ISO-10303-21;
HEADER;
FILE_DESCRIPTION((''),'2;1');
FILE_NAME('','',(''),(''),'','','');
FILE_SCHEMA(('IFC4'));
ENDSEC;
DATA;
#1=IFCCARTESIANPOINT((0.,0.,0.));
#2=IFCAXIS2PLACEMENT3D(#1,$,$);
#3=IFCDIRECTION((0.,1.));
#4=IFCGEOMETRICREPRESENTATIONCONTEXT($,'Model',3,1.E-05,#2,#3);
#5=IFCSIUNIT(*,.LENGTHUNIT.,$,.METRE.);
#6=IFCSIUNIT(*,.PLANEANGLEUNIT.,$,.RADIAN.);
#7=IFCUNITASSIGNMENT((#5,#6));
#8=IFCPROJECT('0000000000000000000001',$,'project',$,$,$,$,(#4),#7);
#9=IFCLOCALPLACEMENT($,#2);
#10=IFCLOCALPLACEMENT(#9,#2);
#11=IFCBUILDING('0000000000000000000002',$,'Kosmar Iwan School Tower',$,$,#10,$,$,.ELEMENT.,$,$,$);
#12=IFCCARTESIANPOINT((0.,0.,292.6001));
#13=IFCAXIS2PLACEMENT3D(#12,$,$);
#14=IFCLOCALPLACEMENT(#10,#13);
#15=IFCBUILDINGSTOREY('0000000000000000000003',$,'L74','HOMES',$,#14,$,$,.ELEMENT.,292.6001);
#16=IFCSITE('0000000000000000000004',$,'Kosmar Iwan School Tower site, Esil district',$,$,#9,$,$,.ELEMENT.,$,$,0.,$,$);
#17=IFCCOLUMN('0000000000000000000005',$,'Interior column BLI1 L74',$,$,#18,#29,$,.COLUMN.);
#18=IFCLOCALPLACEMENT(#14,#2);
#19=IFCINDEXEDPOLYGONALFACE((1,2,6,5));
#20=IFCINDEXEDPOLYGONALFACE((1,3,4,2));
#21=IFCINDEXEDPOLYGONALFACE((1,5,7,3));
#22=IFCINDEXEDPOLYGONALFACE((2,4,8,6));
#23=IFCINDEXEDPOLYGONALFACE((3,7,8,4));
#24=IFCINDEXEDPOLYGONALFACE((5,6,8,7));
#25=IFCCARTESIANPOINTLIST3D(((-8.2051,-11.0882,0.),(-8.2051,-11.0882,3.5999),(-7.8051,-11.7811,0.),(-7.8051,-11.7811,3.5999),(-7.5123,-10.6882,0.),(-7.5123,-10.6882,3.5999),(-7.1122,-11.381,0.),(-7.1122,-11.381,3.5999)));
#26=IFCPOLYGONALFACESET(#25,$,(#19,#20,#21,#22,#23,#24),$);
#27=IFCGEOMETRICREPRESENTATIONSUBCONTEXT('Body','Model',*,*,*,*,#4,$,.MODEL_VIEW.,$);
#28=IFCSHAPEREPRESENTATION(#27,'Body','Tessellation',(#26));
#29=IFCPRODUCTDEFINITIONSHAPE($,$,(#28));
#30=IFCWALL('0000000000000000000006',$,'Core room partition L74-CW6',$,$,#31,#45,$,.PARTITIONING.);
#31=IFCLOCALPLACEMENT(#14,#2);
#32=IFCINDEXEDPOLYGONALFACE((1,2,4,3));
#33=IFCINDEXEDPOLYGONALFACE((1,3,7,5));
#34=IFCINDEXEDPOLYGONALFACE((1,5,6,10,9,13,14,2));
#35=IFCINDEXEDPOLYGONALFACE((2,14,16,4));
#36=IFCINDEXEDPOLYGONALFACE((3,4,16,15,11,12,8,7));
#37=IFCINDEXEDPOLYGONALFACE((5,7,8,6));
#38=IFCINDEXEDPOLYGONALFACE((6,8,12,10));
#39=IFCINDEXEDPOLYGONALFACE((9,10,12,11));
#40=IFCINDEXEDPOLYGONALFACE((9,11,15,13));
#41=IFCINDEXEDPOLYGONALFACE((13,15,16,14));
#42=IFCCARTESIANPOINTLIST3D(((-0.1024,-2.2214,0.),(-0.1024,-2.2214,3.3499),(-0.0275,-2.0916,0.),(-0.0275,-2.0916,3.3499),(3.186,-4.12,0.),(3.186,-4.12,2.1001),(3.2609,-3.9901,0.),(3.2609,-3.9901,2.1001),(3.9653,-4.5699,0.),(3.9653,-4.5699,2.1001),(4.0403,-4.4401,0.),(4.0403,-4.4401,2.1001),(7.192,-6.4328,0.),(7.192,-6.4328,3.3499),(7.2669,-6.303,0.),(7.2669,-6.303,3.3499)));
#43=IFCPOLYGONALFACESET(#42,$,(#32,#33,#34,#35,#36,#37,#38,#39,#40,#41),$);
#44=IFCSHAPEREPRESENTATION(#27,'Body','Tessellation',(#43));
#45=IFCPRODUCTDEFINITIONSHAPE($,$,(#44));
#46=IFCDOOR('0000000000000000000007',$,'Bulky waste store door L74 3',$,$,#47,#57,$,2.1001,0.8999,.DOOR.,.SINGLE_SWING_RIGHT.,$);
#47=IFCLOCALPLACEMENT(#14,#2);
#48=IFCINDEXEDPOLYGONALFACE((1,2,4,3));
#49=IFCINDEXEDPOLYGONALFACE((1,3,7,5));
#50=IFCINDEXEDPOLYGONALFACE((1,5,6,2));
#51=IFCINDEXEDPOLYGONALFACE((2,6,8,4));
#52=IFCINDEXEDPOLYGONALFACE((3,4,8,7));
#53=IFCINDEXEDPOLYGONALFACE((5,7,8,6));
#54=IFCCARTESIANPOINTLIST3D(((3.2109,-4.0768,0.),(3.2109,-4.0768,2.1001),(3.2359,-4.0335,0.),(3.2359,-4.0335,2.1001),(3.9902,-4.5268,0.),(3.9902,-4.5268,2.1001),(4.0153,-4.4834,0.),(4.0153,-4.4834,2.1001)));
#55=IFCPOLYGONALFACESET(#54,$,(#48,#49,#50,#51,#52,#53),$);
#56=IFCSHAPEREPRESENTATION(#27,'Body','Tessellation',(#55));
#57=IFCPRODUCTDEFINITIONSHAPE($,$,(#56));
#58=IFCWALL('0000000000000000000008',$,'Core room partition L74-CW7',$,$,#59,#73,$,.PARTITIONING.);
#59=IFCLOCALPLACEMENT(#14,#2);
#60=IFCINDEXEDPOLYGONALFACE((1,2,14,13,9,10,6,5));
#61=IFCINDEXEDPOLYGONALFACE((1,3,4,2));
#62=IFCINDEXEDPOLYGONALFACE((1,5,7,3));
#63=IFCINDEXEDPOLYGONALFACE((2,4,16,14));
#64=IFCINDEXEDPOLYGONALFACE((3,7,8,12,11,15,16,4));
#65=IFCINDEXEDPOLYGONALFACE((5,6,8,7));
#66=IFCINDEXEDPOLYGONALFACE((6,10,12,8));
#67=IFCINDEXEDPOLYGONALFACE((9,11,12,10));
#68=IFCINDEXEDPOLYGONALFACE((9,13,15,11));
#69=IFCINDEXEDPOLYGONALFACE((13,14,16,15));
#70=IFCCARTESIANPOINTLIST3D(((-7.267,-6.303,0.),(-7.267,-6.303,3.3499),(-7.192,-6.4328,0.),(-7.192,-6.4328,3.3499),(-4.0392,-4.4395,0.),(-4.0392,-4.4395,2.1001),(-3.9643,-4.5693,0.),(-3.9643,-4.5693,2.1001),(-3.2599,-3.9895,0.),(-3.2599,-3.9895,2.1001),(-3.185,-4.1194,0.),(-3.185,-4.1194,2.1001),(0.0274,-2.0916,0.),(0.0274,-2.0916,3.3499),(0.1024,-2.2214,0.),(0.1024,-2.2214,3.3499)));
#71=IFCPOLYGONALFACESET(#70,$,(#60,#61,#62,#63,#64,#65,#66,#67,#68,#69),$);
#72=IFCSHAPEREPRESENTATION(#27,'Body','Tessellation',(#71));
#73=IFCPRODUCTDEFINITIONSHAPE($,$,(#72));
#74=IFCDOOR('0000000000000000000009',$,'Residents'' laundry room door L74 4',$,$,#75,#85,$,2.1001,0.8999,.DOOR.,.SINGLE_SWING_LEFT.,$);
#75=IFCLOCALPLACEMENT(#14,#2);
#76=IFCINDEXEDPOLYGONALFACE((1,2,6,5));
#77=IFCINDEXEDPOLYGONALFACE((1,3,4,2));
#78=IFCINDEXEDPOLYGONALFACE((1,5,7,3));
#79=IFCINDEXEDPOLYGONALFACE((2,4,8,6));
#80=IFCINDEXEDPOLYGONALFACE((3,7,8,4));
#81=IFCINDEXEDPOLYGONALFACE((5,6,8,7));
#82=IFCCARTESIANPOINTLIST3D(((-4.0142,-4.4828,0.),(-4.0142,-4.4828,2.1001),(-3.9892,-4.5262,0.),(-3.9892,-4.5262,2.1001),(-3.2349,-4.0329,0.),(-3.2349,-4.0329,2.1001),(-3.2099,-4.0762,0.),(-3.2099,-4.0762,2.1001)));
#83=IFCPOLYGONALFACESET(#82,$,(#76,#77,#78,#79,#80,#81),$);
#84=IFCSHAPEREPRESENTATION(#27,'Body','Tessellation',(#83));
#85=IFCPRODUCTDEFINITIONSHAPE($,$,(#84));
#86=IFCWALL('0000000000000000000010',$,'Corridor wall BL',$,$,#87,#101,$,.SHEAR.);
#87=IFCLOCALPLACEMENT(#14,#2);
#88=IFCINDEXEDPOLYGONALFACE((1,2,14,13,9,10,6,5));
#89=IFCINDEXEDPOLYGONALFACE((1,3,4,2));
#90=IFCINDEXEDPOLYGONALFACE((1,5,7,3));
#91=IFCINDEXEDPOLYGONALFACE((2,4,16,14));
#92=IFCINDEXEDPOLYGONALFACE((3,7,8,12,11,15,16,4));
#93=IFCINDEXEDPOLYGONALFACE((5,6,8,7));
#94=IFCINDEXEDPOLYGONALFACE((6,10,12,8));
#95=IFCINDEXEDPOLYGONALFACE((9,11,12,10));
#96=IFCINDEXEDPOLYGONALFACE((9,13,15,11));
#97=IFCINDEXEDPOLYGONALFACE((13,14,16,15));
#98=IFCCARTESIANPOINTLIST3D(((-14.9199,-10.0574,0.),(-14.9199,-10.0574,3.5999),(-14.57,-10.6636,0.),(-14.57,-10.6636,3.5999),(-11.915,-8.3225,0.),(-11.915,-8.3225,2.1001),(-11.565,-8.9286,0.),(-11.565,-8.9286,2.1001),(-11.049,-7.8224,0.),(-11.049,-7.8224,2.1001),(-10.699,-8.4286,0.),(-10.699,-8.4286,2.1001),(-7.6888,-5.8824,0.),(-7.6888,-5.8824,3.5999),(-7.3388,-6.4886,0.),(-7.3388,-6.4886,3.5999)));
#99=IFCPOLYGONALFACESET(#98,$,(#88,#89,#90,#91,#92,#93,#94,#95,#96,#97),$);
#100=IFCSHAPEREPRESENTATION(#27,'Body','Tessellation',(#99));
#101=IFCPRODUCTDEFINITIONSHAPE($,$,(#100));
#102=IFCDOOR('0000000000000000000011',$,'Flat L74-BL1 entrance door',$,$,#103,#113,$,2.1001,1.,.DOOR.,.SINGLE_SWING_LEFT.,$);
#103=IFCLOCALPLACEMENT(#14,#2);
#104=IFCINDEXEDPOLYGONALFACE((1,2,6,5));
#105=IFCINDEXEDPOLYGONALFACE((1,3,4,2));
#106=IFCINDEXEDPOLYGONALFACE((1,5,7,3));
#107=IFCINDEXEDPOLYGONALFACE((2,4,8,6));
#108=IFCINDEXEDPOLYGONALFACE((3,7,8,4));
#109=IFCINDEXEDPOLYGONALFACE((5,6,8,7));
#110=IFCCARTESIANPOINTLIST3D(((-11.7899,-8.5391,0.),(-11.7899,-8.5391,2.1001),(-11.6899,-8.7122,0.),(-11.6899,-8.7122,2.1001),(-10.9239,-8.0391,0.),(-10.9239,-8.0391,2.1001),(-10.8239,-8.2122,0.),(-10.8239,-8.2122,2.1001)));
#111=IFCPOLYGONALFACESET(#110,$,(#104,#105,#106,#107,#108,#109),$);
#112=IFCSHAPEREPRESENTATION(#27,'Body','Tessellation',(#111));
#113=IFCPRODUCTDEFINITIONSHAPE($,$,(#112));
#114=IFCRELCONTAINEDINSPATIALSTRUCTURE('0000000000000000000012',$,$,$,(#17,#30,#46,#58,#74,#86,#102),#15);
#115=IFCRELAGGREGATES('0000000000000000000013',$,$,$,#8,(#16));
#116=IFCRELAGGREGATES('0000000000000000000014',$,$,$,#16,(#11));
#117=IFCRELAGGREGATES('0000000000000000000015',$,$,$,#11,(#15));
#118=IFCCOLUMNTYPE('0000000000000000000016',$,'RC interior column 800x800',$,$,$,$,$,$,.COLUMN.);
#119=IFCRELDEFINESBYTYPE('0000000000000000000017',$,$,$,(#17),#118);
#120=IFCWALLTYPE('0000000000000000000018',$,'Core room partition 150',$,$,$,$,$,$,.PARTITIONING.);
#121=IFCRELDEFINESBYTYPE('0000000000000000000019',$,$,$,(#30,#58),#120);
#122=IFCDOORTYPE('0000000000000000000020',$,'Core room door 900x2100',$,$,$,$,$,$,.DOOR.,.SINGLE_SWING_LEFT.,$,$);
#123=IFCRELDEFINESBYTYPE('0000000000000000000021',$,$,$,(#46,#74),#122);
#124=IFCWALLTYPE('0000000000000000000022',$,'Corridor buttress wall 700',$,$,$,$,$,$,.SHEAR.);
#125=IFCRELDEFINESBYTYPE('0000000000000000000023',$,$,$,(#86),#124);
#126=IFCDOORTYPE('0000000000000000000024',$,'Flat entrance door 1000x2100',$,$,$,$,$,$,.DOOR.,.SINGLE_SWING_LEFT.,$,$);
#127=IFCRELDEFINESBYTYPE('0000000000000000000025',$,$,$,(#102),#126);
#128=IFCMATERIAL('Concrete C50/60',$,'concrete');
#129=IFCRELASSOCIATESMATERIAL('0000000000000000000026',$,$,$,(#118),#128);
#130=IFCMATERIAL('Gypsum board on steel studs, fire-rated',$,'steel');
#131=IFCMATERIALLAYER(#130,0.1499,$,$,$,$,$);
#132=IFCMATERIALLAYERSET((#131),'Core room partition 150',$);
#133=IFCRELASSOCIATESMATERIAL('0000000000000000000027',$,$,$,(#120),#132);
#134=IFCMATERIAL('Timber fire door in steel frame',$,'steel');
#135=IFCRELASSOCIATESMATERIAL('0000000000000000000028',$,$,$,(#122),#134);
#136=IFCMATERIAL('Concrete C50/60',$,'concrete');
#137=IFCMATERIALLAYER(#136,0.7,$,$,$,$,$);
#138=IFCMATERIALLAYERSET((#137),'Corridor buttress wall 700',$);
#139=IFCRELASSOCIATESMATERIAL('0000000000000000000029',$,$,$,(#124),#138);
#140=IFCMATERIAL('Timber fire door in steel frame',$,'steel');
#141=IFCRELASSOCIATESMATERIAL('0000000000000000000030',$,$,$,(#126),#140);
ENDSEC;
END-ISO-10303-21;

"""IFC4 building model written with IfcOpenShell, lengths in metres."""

from ifc_helpers import new_model, si_unit, direction, frame, frame_2d, origin, origin_2d, place, context, subcontext, project, spatial, rectangle, extrude, material, layer, layer_set, material_profile, profile_set, type_object, element, fill, save


model = new_model("IFC4")

# Units and contexts
model_context = context("Model", 3, precision=1e-05, world=origin(), true_north=direction((0.0, 1.0)))
body_context = subcontext(model_context, "Body", "Model", "MODEL_VIEW")
ifc_project = project(units=[si_unit("LENGTHUNIT", "METRE"), si_unit("PLANEANGLEUNIT", "RADIAN")], contexts=[model_context])

# Site, building, storey
site_placement = place(None, origin())
site = spatial("IfcSite", under=ifc_project, at=site_placement, Name="Kosmar Iwan School Tower site, Esil district", CompositionType="ELEMENT", RefElevation=0.0)
building_placement = place(site_placement, origin())
building = spatial("IfcBuilding", under=site, at=building_placement, Name="Kosmar Iwan School Tower", CompositionType="ELEMENT")
storey_placement = place(building_placement, frame((0.0, 0.0, 292.6001)))
storey = spatial("IfcBuildingStorey", under=building, at=storey_placement, Name="L74", Description="HOMES", CompositionType="ELEMENT", Elevation=292.6001)

# Column
ifc_material_1 = material(Name="Concrete C50/60", Category="concrete")
ifc_material_profile = material_profile(ifc_material_1, rectangle(XDim=0.8, YDim=0.8, at=origin_2d()), Name="RC 800x800")
ifc_profile_set = profile_set([ifc_material_profile], Name="Concrete C50/60")
column_type = type_object("IfcColumnType", Name="RC interior column 800x800", PredefinedType="COLUMN", material=ifc_profile_set)
column_placement = place(storey_placement, frame((-7.6587, -11.2346, 0.0), z_axis=(0.0, 0.0, 1.0), x_axis=(-0.866025, -0.5, 0.0)))
element("IfcColumn", 1, at=column_placement, inside=storey, type_object=column_type, Name="Interior column BLI1 L74", PredefinedType="COLUMN", context=body_context, shape_type="SweptSolid", body=[
    extrude(rectangle(XDim=0.8, YDim=0.8, at=origin_2d()), origin(), (0.0, 0.0, 1.0), 3.5999),
])

# Walls, openings, doors
ifc_material_2 = material(Name="Gypsum board on steel studs, fire-rated", Category="steel")
ifc_layer_1 = layer(ifc_material_2, 0.1499)
ifc_layer_set_1 = layer_set([ifc_layer_1], Name="Core room partition 150")
wall_type_1 = type_object("IfcWallType", Name="Core room partition 150", PredefinedType="PARTITIONING", material=ifc_layer_set_1)
wall_1_placement = place(storey_placement, frame((-0.0649, -2.1565, 0.0), z_axis=(0.0, 0.0, 1.0), x_axis=(0.866026, -0.499998, 0.0)))
wall_1 = element("IfcWall", 2, at=wall_1_placement, inside=storey, type_object=wall_type_1, Name="Core room partition L74-CW6", PredefinedType="PARTITIONING", context=body_context, shape_type="SweptSolid", body=[
    extrude(rectangle(XDim=8.4229, YDim=0.1499, at=frame_2d((4.2114, 0.0))), origin(), (0.0, 0.0, 1.0), 3.3499),
])
opening_1_placement = place(wall_1_placement, frame((3.7971, 0.0, 0.0)))
opening_1 = element("IfcOpeningElement", 3, at=opening_1_placement, cuts=wall_1, PredefinedType="OPENING", context=body_context, shape_type="SweptSolid", body=[
    extrude(rectangle(XDim=0.8999, YDim=2.1001, at=frame_2d((0.45, 1.05))), frame((0.0, 0.0869, 0.0), z_axis=(0.0, -1.0, 0.0), x_axis=(1.0, 0.0, 0.0)), (0.0, 0.0, 1.0), 0.1738),
])
ifc_material_3 = material(Name="Timber fire door in steel frame", Category="steel")
door_type_1 = type_object("IfcDoorType", Name="Core room door 900x2100", OperationType="SINGLE_SWING_LEFT", PredefinedType="DOOR", material=ifc_material_3)
door_1_placement = place(opening_1_placement, origin())
door_1 = element("IfcDoor", 4, at=door_1_placement, inside=storey, type_object=door_type_1, Name="Bulky waste store door L74 3", OperationType="SINGLE_SWING_RIGHT", OverallHeight=2.1001, OverallWidth=0.8999, PredefinedType="DOOR", context=body_context, shape_type="SweptSolid", body=[
    extrude(rectangle(XDim=0.8999, YDim=2.1001, at=frame_2d((0.45, 1.05))), frame((0.0, 0.0249, 0.0), z_axis=(0.0, -1.0, 0.0), x_axis=(1.0, 0.0, 0.0)), (0.0, 0.0, 1.0), 0.05),
])
fill(opening_1, door_1)
wall_2_placement = place(storey_placement, frame((-7.2295, -6.3679, 0.0), z_axis=(0.0, 0.0, 1.0), x_axis=(0.866026, 0.499998, 0.0)))
wall_2 = element("IfcWall", 5, at=wall_2_placement, inside=storey, type_object=wall_type_1, Name="Core room partition L74-CW7", PredefinedType="PARTITIONING", context=body_context, shape_type="SweptSolid", body=[
    extrude(rectangle(XDim=8.4229, YDim=0.1499, at=frame_2d((4.2114, 0.0))), origin(), (0.0, 0.0, 1.0), 3.3499),
])
opening_2_placement = place(wall_2_placement, frame((3.7271, 0.0, 0.0)))
opening_2 = element("IfcOpeningElement", 6, at=opening_2_placement, cuts=wall_2, PredefinedType="OPENING", context=body_context, shape_type="SweptSolid", body=[
    extrude(rectangle(XDim=0.8999, YDim=2.1001, at=frame_2d((0.45, 1.05))), frame((0.0, 0.0869, 0.0), z_axis=(0.0, -1.0, 0.0), x_axis=(1.0, 0.0, 0.0)), (0.0, 0.0, 1.0), 0.1738),
])
door_2_placement = place(opening_2_placement, origin())
door_2 = element("IfcDoor", 7, at=door_2_placement, inside=storey, type_object=door_type_1, Name="Residents' laundry room door L74 4", OperationType="SINGLE_SWING_LEFT", OverallHeight=2.1001, OverallWidth=0.8999, PredefinedType="DOOR", context=body_context, shape_type="SweptSolid", body=[
    extrude(rectangle(XDim=0.8999, YDim=2.1001, at=frame_2d((0.45, 1.05))), frame((0.0, 0.0249, 0.0), z_axis=(0.0, -1.0, 0.0), x_axis=(1.0, 0.0, 0.0)), (0.0, 0.0, 1.0), 0.05),
])
fill(opening_2, door_2)
ifc_material_4 = material(Name="Concrete C50/60", Category="concrete")
ifc_layer_2 = layer(ifc_material_4, 0.7)
ifc_layer_set_2 = layer_set([ifc_layer_2], Name="Corridor buttress wall 700")
wall_type_2 = type_object("IfcWallType", Name="Corridor buttress wall 700", PredefinedType="SHEAR", material=ifc_layer_set_2)
wall_3_placement = place(storey_placement, frame((-7.5139, -6.1855, 0.0), z_axis=(0.0, 0.0, 1.0), x_axis=(-0.86602, -0.50001, 0.0)))
wall_3 = element("IfcWall", 8, at=wall_3_placement, inside=storey, type_object=wall_type_2, Name="Corridor wall BL", PredefinedType="SHEAR", context=body_context, shape_type="SweptSolid", body=[
    extrude(rectangle(XDim=8.3499, YDim=0.7, at=frame_2d((4.1748, 0.0))), origin(), (0.0, 0.0, 1.0), 3.5999),
])
opening_3_placement = place(wall_3_placement, frame((3.8799, 0.0, 0.0)))
opening_3 = element("IfcOpeningElement", 9, at=opening_3_placement, cuts=wall_3, PredefinedType="OPENING", context=body_context, shape_type="SweptSolid", body=[
    extrude(rectangle(XDim=1.0, YDim=2.1001, at=frame_2d((0.5, 1.05))), frame((0.0, 0.3621, 0.0), z_axis=(0.0, -1.0, 0.0), x_axis=(1.0, 0.0, 0.0)), (0.0, 0.0, 1.0), 0.7239),
])
ifc_material_5 = material(Name="Timber fire door in steel frame", Category="steel")
door_type_2 = type_object("IfcDoorType", Name="Flat entrance door 1000x2100", OperationType="SINGLE_SWING_LEFT", PredefinedType="DOOR", material=ifc_material_5)
door_3_placement = place(opening_3_placement, origin())
door_3 = element("IfcDoor", 10, at=door_3_placement, inside=storey, type_object=door_type_2, Name="Flat L74-BL1 entrance door", OperationType="SINGLE_SWING_LEFT", OverallHeight=2.1001, OverallWidth=1.0, PredefinedType="DOOR", context=body_context, shape_type="SweptSolid", body=[
    extrude(rectangle(XDim=1.0, YDim=2.1001, at=frame_2d((0.5, 1.05))), frame((0.0, 0.1001, 0.0), z_axis=(0.0, -1.0, 0.0), x_axis=(1.0, 0.0, 0.0)), (0.0, 0.0, 1.0), 0.2),
])
fill(opening_3, door_3)

save(model, "model.ifc")
